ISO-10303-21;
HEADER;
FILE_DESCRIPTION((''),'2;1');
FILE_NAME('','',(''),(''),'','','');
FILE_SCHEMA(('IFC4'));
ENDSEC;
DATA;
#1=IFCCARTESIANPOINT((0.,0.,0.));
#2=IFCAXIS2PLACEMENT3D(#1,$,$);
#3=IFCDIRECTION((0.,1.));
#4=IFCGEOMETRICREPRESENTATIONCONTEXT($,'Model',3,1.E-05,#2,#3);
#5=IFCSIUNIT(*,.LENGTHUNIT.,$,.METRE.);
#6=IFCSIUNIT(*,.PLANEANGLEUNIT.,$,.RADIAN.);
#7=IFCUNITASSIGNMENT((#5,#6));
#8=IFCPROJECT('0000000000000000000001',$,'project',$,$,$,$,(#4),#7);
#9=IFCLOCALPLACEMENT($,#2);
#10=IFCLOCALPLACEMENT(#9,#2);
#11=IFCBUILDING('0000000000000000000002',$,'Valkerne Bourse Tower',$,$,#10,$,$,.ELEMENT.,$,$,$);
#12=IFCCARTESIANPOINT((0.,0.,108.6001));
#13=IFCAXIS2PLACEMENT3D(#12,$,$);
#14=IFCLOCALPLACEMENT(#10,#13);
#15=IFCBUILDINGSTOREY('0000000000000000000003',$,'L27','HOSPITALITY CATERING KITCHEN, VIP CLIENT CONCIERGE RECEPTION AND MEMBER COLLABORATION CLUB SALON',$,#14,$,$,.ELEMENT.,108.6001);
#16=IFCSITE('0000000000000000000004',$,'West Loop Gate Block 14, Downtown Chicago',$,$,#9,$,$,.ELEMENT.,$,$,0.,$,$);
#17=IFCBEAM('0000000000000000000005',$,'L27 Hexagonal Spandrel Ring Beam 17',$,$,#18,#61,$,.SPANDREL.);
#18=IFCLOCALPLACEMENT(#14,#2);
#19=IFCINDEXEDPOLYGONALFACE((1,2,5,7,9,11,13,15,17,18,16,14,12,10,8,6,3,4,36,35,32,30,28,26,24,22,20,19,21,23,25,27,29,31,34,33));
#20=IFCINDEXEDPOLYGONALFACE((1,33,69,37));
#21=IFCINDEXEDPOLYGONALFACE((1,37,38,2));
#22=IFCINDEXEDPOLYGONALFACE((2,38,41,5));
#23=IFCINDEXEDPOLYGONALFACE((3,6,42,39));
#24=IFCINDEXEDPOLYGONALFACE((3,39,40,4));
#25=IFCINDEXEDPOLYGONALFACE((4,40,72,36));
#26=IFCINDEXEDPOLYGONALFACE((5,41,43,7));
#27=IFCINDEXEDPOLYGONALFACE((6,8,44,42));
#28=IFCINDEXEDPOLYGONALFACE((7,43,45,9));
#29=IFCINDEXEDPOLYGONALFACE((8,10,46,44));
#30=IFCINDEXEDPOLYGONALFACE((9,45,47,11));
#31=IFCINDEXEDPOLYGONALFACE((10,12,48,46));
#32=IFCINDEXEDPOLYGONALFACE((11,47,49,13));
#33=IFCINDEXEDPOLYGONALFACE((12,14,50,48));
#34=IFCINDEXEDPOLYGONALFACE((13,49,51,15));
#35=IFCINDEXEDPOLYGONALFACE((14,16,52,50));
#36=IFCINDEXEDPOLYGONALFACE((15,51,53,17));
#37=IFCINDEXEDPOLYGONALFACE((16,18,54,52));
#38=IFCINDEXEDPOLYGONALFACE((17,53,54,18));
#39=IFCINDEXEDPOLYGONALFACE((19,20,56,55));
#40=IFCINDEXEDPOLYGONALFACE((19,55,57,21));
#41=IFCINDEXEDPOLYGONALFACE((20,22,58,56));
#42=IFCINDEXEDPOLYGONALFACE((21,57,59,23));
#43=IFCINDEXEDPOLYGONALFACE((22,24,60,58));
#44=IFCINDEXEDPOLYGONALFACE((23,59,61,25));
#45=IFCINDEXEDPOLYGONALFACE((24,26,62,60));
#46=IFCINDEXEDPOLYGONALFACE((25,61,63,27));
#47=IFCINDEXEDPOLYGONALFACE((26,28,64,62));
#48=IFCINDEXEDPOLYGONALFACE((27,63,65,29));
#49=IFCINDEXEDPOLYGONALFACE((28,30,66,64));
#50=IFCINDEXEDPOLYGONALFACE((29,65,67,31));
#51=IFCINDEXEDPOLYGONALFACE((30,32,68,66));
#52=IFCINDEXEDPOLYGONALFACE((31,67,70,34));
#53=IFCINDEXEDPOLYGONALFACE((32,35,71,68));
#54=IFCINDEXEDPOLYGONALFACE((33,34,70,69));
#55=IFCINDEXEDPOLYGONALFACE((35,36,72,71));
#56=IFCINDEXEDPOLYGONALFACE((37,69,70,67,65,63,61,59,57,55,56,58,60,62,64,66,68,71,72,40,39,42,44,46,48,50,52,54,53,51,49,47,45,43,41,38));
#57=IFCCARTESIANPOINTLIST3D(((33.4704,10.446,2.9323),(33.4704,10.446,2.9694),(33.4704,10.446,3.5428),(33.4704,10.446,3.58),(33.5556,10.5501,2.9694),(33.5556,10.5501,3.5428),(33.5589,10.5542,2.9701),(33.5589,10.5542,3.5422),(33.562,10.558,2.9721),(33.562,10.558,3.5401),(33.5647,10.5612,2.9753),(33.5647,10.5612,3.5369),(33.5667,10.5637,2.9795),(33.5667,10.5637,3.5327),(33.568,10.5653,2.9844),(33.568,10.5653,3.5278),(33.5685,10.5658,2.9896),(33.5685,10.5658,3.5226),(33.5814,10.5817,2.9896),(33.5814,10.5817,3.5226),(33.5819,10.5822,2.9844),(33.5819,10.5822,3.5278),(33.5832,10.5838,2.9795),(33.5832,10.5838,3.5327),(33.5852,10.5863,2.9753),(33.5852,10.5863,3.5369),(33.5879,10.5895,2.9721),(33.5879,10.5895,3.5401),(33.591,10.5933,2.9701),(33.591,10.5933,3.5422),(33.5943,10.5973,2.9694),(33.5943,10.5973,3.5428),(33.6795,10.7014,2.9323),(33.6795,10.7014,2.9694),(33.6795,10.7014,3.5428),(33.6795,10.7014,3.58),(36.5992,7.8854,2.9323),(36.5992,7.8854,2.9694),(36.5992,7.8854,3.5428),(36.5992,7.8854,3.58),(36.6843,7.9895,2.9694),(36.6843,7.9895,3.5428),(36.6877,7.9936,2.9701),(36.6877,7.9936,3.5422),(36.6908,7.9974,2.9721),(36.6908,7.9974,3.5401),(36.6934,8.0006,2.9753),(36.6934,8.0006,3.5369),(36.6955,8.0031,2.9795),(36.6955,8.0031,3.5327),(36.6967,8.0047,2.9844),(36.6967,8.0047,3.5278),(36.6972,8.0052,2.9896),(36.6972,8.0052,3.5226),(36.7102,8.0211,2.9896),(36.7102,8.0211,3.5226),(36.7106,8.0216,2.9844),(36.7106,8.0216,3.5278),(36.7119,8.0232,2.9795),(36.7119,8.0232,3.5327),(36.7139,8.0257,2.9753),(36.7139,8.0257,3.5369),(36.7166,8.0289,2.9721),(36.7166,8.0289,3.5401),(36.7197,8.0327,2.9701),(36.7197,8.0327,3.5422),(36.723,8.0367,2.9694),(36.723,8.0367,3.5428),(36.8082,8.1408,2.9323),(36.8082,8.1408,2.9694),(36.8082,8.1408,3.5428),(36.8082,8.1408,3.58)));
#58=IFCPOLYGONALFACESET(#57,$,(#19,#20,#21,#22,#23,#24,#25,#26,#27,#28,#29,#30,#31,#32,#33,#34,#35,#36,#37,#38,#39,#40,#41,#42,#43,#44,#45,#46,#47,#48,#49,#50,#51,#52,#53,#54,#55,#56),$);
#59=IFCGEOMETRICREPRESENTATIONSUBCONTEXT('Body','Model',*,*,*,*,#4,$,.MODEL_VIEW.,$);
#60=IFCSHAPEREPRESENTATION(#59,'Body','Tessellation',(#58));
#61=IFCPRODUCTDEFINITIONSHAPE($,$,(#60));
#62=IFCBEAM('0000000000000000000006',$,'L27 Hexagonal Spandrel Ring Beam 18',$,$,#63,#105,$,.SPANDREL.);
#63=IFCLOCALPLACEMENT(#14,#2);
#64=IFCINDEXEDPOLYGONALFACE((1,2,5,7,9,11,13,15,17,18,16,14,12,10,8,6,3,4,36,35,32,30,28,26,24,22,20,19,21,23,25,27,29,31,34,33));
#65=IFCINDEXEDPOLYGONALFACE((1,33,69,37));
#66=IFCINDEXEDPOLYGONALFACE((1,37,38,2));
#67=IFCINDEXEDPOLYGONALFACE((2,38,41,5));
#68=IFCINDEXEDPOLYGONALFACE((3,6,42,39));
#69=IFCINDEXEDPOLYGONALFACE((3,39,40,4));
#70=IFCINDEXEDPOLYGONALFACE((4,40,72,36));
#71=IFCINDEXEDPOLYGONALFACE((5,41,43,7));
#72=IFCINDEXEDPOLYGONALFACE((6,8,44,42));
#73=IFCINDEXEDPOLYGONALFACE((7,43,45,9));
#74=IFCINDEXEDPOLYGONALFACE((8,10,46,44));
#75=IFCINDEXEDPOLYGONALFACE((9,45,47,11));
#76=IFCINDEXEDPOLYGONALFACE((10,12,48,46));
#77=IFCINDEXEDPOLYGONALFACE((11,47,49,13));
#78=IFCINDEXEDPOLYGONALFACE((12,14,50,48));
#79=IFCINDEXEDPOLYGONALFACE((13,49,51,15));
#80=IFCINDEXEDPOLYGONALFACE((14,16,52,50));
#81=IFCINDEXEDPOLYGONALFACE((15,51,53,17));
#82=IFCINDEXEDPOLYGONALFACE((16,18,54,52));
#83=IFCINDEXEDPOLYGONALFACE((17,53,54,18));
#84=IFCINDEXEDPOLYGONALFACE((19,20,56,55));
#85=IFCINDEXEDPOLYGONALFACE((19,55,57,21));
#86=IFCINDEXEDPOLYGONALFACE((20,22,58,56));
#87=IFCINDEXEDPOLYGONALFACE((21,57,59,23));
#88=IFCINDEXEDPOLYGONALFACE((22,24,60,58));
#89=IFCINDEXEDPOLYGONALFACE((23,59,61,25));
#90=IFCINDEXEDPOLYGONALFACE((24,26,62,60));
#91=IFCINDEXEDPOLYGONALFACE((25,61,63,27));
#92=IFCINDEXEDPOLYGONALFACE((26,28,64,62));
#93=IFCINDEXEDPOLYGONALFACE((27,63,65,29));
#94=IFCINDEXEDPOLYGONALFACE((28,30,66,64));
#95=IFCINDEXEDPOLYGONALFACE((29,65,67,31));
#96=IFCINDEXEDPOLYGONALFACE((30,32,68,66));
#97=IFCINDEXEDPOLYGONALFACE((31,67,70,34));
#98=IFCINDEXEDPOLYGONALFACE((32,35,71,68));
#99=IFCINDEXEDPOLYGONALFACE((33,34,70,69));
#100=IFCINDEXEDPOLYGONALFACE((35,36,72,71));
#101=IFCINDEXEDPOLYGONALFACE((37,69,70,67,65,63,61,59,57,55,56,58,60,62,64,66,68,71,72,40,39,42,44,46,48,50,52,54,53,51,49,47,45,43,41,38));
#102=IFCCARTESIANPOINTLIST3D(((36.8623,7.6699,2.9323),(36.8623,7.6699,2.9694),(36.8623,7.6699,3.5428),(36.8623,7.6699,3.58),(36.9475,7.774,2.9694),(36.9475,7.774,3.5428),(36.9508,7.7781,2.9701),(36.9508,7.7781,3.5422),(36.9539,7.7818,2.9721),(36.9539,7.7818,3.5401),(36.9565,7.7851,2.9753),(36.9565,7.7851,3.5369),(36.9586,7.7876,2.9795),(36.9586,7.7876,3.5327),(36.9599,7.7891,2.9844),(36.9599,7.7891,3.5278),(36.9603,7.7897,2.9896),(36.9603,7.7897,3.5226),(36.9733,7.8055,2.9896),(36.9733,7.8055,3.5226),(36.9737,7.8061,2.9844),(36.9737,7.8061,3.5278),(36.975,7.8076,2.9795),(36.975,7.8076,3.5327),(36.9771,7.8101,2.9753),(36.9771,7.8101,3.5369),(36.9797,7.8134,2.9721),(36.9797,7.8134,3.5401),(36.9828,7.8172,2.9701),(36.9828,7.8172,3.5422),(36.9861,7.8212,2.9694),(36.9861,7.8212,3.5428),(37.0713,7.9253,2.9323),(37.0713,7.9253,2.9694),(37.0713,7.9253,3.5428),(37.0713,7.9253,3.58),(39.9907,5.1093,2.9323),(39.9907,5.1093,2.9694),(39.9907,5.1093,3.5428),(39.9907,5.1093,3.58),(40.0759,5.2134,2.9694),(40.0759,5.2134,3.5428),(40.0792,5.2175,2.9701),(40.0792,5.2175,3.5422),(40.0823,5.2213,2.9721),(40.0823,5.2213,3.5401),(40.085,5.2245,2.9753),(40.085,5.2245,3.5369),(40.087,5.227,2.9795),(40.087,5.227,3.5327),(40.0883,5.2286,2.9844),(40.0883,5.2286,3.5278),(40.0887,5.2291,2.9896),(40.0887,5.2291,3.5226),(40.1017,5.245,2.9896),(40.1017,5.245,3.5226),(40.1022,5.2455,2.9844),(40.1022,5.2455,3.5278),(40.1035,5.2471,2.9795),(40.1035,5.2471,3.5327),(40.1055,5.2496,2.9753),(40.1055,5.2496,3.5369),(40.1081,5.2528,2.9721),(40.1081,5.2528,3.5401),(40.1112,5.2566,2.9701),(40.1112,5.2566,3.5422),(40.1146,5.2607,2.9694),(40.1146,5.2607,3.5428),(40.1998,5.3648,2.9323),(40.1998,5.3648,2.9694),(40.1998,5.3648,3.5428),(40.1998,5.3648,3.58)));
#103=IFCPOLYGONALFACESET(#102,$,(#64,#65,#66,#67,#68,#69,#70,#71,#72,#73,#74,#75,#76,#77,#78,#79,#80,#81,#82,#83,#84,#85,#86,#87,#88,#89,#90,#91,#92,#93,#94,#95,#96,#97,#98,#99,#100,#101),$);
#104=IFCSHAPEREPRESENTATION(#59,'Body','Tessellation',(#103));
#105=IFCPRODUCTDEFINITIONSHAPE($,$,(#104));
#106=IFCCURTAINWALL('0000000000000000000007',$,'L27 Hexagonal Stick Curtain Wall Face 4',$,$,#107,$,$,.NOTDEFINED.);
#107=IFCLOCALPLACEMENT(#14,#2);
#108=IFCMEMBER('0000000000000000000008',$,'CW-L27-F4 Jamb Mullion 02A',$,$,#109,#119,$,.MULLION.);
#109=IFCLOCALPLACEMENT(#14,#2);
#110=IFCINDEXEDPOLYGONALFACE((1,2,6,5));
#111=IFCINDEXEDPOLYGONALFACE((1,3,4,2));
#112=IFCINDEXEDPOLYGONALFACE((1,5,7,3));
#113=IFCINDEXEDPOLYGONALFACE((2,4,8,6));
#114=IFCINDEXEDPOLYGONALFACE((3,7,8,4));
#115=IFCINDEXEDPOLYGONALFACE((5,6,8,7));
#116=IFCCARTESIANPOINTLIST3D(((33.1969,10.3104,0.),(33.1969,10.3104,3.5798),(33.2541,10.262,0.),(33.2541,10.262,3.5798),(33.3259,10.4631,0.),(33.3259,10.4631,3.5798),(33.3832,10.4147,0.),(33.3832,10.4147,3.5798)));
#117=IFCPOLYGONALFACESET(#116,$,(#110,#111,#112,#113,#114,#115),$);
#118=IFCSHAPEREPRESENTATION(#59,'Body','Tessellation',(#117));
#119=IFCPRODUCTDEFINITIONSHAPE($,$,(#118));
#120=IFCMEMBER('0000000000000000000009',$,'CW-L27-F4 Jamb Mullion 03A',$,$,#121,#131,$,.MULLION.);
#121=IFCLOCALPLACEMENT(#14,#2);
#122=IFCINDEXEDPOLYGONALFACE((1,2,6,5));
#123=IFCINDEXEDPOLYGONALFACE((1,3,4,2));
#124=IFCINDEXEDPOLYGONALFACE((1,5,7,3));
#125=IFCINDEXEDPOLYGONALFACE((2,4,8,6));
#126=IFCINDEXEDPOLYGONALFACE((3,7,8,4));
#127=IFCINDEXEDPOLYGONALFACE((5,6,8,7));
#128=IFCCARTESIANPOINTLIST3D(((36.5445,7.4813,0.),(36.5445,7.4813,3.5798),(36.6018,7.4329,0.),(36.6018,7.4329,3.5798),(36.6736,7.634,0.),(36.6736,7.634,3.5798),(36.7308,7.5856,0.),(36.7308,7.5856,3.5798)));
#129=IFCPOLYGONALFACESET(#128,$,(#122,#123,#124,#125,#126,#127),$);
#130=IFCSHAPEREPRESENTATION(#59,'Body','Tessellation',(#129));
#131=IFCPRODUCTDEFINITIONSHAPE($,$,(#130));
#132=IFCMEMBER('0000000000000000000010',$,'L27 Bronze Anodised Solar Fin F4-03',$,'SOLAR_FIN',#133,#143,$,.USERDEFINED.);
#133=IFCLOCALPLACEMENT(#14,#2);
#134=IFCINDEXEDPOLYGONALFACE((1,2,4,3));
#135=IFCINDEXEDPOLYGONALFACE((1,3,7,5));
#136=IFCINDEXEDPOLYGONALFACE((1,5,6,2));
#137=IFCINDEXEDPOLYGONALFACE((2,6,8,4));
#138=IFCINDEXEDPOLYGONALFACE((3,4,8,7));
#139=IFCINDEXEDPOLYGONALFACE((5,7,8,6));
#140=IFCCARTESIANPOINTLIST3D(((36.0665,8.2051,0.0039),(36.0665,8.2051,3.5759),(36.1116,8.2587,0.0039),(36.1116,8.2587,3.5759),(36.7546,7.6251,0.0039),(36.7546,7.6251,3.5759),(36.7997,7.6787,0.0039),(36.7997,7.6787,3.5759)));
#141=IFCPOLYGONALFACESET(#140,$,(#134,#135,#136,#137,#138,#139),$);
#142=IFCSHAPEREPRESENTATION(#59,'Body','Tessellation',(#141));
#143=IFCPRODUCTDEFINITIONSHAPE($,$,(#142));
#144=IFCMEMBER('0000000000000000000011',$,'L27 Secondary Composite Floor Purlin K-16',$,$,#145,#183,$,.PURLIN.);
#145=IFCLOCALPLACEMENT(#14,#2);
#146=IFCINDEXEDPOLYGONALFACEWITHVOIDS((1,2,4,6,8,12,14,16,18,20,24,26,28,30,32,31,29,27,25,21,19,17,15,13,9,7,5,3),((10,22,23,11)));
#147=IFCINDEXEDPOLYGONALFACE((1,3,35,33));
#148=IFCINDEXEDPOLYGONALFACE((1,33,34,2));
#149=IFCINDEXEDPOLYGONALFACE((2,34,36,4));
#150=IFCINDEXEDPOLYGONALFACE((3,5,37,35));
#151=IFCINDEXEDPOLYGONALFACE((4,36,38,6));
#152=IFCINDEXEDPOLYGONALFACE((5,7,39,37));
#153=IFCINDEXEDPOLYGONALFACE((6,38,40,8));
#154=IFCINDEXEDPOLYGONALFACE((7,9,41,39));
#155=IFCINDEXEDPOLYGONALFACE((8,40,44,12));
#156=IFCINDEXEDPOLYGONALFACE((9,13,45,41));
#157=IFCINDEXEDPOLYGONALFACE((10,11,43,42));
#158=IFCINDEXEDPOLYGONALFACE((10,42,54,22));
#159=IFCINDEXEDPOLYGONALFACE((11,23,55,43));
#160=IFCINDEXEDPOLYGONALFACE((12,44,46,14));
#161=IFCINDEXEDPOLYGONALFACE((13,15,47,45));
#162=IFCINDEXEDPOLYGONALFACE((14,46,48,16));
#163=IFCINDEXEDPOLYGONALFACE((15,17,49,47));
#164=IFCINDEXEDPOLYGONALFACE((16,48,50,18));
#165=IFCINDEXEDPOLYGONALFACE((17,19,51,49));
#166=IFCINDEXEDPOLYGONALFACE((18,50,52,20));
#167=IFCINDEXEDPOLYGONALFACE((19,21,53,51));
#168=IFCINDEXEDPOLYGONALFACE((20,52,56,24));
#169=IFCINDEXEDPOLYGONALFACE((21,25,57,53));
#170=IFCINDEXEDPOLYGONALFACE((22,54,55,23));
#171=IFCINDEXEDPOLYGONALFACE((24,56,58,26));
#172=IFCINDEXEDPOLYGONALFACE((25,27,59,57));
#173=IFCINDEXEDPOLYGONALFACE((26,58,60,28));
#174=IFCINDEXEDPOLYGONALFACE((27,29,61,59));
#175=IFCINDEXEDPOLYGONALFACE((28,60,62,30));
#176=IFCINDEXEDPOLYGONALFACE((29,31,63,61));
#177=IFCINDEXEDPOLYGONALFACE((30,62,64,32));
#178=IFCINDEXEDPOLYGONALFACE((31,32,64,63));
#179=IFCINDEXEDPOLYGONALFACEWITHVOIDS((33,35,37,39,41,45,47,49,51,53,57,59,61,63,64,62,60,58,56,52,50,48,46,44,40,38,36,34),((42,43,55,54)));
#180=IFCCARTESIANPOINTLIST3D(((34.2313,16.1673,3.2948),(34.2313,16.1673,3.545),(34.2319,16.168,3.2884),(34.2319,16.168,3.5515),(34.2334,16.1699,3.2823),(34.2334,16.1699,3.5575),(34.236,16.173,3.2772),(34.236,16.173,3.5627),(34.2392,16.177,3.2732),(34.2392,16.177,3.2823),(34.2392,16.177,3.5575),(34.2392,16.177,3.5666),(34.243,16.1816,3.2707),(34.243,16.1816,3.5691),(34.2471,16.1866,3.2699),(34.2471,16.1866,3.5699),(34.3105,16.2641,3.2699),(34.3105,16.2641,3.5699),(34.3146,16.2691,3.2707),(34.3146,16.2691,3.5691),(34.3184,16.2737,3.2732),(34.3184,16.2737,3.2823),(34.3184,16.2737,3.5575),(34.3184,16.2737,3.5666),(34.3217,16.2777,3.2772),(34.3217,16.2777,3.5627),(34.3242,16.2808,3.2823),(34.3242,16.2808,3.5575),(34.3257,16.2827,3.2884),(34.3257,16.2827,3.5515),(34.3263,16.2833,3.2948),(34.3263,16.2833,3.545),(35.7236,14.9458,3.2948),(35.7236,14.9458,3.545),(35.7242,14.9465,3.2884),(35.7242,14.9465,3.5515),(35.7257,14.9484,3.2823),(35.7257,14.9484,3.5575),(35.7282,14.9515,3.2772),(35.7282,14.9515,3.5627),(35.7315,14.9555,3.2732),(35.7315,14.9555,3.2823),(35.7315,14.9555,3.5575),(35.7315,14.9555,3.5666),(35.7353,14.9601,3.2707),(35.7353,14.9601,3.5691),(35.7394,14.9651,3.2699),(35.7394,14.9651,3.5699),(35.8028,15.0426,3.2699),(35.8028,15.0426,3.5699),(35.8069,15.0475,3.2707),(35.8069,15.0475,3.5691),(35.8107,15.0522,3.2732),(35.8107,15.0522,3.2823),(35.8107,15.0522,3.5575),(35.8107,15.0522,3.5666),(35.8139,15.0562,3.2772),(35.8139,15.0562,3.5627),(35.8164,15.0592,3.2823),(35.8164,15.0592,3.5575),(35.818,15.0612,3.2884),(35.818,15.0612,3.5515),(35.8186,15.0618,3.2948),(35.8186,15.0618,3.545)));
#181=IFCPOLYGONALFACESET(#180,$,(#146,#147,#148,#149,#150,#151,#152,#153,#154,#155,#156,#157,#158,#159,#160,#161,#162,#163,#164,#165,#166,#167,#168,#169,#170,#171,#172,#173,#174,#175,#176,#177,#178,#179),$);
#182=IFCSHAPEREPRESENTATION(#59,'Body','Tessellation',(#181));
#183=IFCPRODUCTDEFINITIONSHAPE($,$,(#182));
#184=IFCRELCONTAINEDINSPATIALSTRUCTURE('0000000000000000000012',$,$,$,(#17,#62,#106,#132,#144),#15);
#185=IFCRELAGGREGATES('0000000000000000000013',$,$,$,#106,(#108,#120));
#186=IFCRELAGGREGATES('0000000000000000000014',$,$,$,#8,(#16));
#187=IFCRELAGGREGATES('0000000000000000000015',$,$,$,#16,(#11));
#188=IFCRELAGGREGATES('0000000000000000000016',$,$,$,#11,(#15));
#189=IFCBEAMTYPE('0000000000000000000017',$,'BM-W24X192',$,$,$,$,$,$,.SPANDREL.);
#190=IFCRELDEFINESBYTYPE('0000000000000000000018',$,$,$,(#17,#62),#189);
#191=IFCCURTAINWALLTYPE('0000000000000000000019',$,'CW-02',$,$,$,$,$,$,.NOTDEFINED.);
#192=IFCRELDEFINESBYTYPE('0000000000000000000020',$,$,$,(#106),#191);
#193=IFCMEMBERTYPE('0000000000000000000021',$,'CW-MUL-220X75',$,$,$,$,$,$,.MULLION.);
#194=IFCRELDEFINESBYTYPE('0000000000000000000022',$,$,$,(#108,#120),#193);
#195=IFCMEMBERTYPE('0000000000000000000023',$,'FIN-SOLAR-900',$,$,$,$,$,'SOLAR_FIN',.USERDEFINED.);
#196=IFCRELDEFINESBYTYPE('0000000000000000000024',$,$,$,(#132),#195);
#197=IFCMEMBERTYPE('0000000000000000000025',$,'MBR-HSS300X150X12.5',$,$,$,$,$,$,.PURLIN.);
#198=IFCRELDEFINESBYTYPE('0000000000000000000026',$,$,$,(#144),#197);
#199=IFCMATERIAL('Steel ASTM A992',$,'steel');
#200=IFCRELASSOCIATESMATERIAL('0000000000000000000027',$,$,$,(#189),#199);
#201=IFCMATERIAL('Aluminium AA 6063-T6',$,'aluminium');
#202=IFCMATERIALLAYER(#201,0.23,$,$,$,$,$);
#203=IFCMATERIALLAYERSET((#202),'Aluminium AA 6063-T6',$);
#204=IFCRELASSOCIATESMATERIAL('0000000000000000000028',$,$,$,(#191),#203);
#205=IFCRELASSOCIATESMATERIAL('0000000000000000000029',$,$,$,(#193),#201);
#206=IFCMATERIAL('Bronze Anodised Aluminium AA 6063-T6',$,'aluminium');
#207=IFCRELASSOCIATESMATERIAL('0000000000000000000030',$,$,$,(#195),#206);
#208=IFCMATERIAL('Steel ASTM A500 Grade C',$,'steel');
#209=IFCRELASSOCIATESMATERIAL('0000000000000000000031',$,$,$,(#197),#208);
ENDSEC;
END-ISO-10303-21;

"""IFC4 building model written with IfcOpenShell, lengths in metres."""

from ifc_helpers import new_model, si_unit, direction, frame, origin, origin_2d, place, context, subcontext, project, spatial, rectangle, hollow_rectangle, i_section, extrude, material, layer, layer_set, material_profile, profile_set, type_object, element, aggregate, save


model = new_model("IFC4")

# Units and contexts
model_context = context("Model", 3, precision=1e-05, world=origin(), true_north=direction((0.0, 1.0)))
body_context = subcontext(model_context, "Body", "Model", "MODEL_VIEW")
ifc_project = project(units=[si_unit("LENGTHUNIT", "METRE"), si_unit("PLANEANGLEUNIT", "RADIAN")], contexts=[model_context])

# Site, building, storey
site_placement = place(None, origin())
site = spatial("IfcSite", under=ifc_project, at=site_placement, Name="West Loop Gate Block 14, Downtown Chicago", CompositionType="ELEMENT", RefElevation=0.0)
building_placement = place(site_placement, origin())
building = spatial("IfcBuilding", under=site, at=building_placement, Name="Valkerne Bourse Tower", CompositionType="ELEMENT")
storey_placement = place(building_placement, frame((0.0, 0.0, 108.6001)))
storey = spatial("IfcBuildingStorey", under=building, at=storey_placement, Name="L27", Description="HOSPITALITY CATERING KITCHEN, VIP CLIENT CONCIERGE RECEPTION AND MEMBER COLLABORATION CLUB SALON", CompositionType="ELEMENT", Elevation=108.6001)

# Beams
ifc_material_1 = material(Name="Steel ASTM A992", Category="steel")
ifc_material_profile_1 = material_profile(ifc_material_1, i_section(OverallWidth=0.3301, OverallDepth=0.6477, WebThickness=0.0205, FlangeThickness=0.0371, FilletRadius=0.0203, at=origin_2d()), Name="W24X192")
ifc_profile_set_1 = profile_set([ifc_material_profile_1], Name="Steel ASTM A992")
beam_type_1 = type_object("IfcBeamType", Name="BM-W24X192", PredefinedType="SPANDREL", material=ifc_profile_set_1)
beam_1_placement = place(storey_placement, frame((33.575, 10.5737, 3.2561), z_axis=(0.773869, -0.633346, 0.0), x_axis=(0.633346, 0.773869, 0.0)))
element("IfcBeam", 1, at=beam_1_placement, inside=storey, type_object=beam_type_1, Name="L27 Hexagonal Spandrel Ring Beam 17", PredefinedType="SPANDREL", context=body_context, shape_type="SweptSolid", body=[
    extrude(i_section(OverallWidth=0.3301, OverallDepth=0.6477, WebThickness=0.0205, FlangeThickness=0.0371, FilletRadius=0.0203, at=origin_2d()), origin(), (0.0, 0.0, 1.0), 4.043),
])
beam_2_placement = place(storey_placement, frame((36.9668, 7.7976, 3.2561), z_axis=(0.773844, -0.633376, 0.0), x_axis=(0.633376, 0.773844, 0.0)))
element("IfcBeam", 2, at=beam_2_placement, inside=storey, type_object=beam_type_1, Name="L27 Hexagonal Spandrel Ring Beam 18", PredefinedType="SPANDREL", context=body_context, shape_type="SweptSolid", body=[
    extrude(i_section(OverallWidth=0.3301, OverallDepth=0.6477, WebThickness=0.0205, FlangeThickness=0.0371, FilletRadius=0.0203, at=origin_2d()), origin(), (0.0, 0.0, 1.0), 4.0427),
])

# Curtain wall, members
ifc_material_2 = material(Name="Aluminium AA 6063-T6", Category="aluminium")
ifc_layer_1 = layer(ifc_material_2, 0.23)
ifc_layer_set_1 = layer_set([ifc_layer_1], Name="Aluminium AA 6063-T6")
curtain_wall_type = type_object("IfcCurtainWallType", Name="CW-02", PredefinedType="NOTDEFINED", material=ifc_layer_set_1)
curtain_wall_placement = place(storey_placement, origin())
curtain_wall = element("IfcCurtainWall", 3, at=curtain_wall_placement, inside=storey, type_object=curtain_wall_type, Name="L27 Hexagonal Stick Curtain Wall Face 4", PredefinedType="NOTDEFINED")
ifc_material_profile_2 = material_profile(ifc_material_2, rectangle(XDim=0.075, YDim=0.2, at=origin_2d()), Name="CWM-75X200")
ifc_profile_set_2 = profile_set([ifc_material_profile_2], Name="Aluminium AA 6063-T6")
member_type_1 = type_object("IfcMemberType", Name="CW-MUL-220X75", PredefinedType="MULLION", material=ifc_profile_set_2)
member_1_placement = place(storey_placement, frame((33.29, 10.3625, 0.0), z_axis=(0.0, 0.0, 1.0), x_axis=(0.763788, -0.645468, 0.0)))
member_1 = element("IfcMember", 4, at=member_1_placement, type_object=member_type_1, Name="CW-L27-F4 Jamb Mullion 02A", PredefinedType="MULLION", context=body_context, shape_type="SweptSolid", body=[
    extrude(rectangle(XDim=0.075, YDim=0.2, at=origin_2d()), origin(), (0.0, 0.0, 1.0), 3.5798),
])
member_2_placement = place(storey_placement, frame((36.6377, 7.5334, 0.0), z_axis=(0.0, 0.0, 1.0), x_axis=(0.763799, -0.645454, 0.0)))
member_2 = element("IfcMember", 5, at=member_2_placement, type_object=member_type_1, Name="CW-L27-F4 Jamb Mullion 03A", PredefinedType="MULLION", context=body_context, shape_type="SweptSolid", body=[
    extrude(rectangle(XDim=0.075, YDim=0.2, at=origin_2d()), origin(), (0.0, 0.0, 1.0), 3.5798),
])

# Members
ifc_material_3 = material(Name="Bronze Anodised Aluminium AA 6063-T6", Category="aluminium")
ifc_material_profile_3 = material_profile(ifc_material_3, rectangle(XDim=0.0701, YDim=0.8999, at=origin_2d()), Name="FIN-70X900")
ifc_profile_set_3 = profile_set([ifc_material_profile_3], Name="Bronze Anodised Aluminium AA 6063-T6")
member_type_2 = type_object("IfcMemberType", Name="FIN-SOLAR-900", ElementType="SOLAR_FIN", PredefinedType="USERDEFINED", material=ifc_profile_set_3)
member_3_placement = place(storey_placement, frame((36.4331, 7.9419, 0.0039), z_axis=(0.0, 0.0, 1.0), x_axis=(-0.644476, -0.764625, 0.0)))
element("IfcMember", 6, at=member_3_placement, inside=storey, type_object=member_type_2, Name="L27 Bronze Anodised Solar Fin F4-03", ObjectType="SOLAR_FIN", PredefinedType="USERDEFINED", context=body_context, shape_type="SweptSolid", body=[
    extrude(rectangle(XDim=0.0701, YDim=0.8999, at=origin_2d()), origin(), (0.0, 0.0, 1.0), 3.572),
])
ifc_material_4 = material(Name="Steel ASTM A500 Grade C", Category="steel")
ifc_material_profile_4 = material_profile(ifc_material_4, hollow_rectangle(XDim=0.1499, YDim=0.3, WallThickness=0.0125, OuterFilletRadius=0.0249, at=origin_2d()), Name="HSS300X150X12.5")
ifc_profile_set_4 = profile_set([ifc_material_profile_4], Name="Steel ASTM A500 Grade C")
member_type_3 = type_object("IfcMemberType", Name="MBR-HSS300X150X12.5", PredefinedType="PURLIN", material=ifc_profile_set_4)
for number, where, z_axis, x_axis, name in (
    (7, (34.2788, 16.2253, 3.4199), (0.773816, -0.63341, 0.0), (0.63341, 0.773816, 0.0), "L27 Secondary Composite Floor Purlin K-16"),
):
    element("IfcMember", number, at=place(storey_placement, frame(where, z_axis=z_axis, x_axis=x_axis)), inside=storey, type_object=member_type_3, Name=name, PredefinedType="PURLIN", context=body_context, shape_type="SweptSolid", body=[
        extrude(hollow_rectangle(XDim=0.1499, YDim=0.3, WallThickness=0.0125, OuterFilletRadius=0.0249, at=origin_2d()), origin(), (0.0, 0.0, 1.0), 1.9285),
    ])

aggregate(curtain_wall, [member_1, member_2])

save(model, "model.ifc")
